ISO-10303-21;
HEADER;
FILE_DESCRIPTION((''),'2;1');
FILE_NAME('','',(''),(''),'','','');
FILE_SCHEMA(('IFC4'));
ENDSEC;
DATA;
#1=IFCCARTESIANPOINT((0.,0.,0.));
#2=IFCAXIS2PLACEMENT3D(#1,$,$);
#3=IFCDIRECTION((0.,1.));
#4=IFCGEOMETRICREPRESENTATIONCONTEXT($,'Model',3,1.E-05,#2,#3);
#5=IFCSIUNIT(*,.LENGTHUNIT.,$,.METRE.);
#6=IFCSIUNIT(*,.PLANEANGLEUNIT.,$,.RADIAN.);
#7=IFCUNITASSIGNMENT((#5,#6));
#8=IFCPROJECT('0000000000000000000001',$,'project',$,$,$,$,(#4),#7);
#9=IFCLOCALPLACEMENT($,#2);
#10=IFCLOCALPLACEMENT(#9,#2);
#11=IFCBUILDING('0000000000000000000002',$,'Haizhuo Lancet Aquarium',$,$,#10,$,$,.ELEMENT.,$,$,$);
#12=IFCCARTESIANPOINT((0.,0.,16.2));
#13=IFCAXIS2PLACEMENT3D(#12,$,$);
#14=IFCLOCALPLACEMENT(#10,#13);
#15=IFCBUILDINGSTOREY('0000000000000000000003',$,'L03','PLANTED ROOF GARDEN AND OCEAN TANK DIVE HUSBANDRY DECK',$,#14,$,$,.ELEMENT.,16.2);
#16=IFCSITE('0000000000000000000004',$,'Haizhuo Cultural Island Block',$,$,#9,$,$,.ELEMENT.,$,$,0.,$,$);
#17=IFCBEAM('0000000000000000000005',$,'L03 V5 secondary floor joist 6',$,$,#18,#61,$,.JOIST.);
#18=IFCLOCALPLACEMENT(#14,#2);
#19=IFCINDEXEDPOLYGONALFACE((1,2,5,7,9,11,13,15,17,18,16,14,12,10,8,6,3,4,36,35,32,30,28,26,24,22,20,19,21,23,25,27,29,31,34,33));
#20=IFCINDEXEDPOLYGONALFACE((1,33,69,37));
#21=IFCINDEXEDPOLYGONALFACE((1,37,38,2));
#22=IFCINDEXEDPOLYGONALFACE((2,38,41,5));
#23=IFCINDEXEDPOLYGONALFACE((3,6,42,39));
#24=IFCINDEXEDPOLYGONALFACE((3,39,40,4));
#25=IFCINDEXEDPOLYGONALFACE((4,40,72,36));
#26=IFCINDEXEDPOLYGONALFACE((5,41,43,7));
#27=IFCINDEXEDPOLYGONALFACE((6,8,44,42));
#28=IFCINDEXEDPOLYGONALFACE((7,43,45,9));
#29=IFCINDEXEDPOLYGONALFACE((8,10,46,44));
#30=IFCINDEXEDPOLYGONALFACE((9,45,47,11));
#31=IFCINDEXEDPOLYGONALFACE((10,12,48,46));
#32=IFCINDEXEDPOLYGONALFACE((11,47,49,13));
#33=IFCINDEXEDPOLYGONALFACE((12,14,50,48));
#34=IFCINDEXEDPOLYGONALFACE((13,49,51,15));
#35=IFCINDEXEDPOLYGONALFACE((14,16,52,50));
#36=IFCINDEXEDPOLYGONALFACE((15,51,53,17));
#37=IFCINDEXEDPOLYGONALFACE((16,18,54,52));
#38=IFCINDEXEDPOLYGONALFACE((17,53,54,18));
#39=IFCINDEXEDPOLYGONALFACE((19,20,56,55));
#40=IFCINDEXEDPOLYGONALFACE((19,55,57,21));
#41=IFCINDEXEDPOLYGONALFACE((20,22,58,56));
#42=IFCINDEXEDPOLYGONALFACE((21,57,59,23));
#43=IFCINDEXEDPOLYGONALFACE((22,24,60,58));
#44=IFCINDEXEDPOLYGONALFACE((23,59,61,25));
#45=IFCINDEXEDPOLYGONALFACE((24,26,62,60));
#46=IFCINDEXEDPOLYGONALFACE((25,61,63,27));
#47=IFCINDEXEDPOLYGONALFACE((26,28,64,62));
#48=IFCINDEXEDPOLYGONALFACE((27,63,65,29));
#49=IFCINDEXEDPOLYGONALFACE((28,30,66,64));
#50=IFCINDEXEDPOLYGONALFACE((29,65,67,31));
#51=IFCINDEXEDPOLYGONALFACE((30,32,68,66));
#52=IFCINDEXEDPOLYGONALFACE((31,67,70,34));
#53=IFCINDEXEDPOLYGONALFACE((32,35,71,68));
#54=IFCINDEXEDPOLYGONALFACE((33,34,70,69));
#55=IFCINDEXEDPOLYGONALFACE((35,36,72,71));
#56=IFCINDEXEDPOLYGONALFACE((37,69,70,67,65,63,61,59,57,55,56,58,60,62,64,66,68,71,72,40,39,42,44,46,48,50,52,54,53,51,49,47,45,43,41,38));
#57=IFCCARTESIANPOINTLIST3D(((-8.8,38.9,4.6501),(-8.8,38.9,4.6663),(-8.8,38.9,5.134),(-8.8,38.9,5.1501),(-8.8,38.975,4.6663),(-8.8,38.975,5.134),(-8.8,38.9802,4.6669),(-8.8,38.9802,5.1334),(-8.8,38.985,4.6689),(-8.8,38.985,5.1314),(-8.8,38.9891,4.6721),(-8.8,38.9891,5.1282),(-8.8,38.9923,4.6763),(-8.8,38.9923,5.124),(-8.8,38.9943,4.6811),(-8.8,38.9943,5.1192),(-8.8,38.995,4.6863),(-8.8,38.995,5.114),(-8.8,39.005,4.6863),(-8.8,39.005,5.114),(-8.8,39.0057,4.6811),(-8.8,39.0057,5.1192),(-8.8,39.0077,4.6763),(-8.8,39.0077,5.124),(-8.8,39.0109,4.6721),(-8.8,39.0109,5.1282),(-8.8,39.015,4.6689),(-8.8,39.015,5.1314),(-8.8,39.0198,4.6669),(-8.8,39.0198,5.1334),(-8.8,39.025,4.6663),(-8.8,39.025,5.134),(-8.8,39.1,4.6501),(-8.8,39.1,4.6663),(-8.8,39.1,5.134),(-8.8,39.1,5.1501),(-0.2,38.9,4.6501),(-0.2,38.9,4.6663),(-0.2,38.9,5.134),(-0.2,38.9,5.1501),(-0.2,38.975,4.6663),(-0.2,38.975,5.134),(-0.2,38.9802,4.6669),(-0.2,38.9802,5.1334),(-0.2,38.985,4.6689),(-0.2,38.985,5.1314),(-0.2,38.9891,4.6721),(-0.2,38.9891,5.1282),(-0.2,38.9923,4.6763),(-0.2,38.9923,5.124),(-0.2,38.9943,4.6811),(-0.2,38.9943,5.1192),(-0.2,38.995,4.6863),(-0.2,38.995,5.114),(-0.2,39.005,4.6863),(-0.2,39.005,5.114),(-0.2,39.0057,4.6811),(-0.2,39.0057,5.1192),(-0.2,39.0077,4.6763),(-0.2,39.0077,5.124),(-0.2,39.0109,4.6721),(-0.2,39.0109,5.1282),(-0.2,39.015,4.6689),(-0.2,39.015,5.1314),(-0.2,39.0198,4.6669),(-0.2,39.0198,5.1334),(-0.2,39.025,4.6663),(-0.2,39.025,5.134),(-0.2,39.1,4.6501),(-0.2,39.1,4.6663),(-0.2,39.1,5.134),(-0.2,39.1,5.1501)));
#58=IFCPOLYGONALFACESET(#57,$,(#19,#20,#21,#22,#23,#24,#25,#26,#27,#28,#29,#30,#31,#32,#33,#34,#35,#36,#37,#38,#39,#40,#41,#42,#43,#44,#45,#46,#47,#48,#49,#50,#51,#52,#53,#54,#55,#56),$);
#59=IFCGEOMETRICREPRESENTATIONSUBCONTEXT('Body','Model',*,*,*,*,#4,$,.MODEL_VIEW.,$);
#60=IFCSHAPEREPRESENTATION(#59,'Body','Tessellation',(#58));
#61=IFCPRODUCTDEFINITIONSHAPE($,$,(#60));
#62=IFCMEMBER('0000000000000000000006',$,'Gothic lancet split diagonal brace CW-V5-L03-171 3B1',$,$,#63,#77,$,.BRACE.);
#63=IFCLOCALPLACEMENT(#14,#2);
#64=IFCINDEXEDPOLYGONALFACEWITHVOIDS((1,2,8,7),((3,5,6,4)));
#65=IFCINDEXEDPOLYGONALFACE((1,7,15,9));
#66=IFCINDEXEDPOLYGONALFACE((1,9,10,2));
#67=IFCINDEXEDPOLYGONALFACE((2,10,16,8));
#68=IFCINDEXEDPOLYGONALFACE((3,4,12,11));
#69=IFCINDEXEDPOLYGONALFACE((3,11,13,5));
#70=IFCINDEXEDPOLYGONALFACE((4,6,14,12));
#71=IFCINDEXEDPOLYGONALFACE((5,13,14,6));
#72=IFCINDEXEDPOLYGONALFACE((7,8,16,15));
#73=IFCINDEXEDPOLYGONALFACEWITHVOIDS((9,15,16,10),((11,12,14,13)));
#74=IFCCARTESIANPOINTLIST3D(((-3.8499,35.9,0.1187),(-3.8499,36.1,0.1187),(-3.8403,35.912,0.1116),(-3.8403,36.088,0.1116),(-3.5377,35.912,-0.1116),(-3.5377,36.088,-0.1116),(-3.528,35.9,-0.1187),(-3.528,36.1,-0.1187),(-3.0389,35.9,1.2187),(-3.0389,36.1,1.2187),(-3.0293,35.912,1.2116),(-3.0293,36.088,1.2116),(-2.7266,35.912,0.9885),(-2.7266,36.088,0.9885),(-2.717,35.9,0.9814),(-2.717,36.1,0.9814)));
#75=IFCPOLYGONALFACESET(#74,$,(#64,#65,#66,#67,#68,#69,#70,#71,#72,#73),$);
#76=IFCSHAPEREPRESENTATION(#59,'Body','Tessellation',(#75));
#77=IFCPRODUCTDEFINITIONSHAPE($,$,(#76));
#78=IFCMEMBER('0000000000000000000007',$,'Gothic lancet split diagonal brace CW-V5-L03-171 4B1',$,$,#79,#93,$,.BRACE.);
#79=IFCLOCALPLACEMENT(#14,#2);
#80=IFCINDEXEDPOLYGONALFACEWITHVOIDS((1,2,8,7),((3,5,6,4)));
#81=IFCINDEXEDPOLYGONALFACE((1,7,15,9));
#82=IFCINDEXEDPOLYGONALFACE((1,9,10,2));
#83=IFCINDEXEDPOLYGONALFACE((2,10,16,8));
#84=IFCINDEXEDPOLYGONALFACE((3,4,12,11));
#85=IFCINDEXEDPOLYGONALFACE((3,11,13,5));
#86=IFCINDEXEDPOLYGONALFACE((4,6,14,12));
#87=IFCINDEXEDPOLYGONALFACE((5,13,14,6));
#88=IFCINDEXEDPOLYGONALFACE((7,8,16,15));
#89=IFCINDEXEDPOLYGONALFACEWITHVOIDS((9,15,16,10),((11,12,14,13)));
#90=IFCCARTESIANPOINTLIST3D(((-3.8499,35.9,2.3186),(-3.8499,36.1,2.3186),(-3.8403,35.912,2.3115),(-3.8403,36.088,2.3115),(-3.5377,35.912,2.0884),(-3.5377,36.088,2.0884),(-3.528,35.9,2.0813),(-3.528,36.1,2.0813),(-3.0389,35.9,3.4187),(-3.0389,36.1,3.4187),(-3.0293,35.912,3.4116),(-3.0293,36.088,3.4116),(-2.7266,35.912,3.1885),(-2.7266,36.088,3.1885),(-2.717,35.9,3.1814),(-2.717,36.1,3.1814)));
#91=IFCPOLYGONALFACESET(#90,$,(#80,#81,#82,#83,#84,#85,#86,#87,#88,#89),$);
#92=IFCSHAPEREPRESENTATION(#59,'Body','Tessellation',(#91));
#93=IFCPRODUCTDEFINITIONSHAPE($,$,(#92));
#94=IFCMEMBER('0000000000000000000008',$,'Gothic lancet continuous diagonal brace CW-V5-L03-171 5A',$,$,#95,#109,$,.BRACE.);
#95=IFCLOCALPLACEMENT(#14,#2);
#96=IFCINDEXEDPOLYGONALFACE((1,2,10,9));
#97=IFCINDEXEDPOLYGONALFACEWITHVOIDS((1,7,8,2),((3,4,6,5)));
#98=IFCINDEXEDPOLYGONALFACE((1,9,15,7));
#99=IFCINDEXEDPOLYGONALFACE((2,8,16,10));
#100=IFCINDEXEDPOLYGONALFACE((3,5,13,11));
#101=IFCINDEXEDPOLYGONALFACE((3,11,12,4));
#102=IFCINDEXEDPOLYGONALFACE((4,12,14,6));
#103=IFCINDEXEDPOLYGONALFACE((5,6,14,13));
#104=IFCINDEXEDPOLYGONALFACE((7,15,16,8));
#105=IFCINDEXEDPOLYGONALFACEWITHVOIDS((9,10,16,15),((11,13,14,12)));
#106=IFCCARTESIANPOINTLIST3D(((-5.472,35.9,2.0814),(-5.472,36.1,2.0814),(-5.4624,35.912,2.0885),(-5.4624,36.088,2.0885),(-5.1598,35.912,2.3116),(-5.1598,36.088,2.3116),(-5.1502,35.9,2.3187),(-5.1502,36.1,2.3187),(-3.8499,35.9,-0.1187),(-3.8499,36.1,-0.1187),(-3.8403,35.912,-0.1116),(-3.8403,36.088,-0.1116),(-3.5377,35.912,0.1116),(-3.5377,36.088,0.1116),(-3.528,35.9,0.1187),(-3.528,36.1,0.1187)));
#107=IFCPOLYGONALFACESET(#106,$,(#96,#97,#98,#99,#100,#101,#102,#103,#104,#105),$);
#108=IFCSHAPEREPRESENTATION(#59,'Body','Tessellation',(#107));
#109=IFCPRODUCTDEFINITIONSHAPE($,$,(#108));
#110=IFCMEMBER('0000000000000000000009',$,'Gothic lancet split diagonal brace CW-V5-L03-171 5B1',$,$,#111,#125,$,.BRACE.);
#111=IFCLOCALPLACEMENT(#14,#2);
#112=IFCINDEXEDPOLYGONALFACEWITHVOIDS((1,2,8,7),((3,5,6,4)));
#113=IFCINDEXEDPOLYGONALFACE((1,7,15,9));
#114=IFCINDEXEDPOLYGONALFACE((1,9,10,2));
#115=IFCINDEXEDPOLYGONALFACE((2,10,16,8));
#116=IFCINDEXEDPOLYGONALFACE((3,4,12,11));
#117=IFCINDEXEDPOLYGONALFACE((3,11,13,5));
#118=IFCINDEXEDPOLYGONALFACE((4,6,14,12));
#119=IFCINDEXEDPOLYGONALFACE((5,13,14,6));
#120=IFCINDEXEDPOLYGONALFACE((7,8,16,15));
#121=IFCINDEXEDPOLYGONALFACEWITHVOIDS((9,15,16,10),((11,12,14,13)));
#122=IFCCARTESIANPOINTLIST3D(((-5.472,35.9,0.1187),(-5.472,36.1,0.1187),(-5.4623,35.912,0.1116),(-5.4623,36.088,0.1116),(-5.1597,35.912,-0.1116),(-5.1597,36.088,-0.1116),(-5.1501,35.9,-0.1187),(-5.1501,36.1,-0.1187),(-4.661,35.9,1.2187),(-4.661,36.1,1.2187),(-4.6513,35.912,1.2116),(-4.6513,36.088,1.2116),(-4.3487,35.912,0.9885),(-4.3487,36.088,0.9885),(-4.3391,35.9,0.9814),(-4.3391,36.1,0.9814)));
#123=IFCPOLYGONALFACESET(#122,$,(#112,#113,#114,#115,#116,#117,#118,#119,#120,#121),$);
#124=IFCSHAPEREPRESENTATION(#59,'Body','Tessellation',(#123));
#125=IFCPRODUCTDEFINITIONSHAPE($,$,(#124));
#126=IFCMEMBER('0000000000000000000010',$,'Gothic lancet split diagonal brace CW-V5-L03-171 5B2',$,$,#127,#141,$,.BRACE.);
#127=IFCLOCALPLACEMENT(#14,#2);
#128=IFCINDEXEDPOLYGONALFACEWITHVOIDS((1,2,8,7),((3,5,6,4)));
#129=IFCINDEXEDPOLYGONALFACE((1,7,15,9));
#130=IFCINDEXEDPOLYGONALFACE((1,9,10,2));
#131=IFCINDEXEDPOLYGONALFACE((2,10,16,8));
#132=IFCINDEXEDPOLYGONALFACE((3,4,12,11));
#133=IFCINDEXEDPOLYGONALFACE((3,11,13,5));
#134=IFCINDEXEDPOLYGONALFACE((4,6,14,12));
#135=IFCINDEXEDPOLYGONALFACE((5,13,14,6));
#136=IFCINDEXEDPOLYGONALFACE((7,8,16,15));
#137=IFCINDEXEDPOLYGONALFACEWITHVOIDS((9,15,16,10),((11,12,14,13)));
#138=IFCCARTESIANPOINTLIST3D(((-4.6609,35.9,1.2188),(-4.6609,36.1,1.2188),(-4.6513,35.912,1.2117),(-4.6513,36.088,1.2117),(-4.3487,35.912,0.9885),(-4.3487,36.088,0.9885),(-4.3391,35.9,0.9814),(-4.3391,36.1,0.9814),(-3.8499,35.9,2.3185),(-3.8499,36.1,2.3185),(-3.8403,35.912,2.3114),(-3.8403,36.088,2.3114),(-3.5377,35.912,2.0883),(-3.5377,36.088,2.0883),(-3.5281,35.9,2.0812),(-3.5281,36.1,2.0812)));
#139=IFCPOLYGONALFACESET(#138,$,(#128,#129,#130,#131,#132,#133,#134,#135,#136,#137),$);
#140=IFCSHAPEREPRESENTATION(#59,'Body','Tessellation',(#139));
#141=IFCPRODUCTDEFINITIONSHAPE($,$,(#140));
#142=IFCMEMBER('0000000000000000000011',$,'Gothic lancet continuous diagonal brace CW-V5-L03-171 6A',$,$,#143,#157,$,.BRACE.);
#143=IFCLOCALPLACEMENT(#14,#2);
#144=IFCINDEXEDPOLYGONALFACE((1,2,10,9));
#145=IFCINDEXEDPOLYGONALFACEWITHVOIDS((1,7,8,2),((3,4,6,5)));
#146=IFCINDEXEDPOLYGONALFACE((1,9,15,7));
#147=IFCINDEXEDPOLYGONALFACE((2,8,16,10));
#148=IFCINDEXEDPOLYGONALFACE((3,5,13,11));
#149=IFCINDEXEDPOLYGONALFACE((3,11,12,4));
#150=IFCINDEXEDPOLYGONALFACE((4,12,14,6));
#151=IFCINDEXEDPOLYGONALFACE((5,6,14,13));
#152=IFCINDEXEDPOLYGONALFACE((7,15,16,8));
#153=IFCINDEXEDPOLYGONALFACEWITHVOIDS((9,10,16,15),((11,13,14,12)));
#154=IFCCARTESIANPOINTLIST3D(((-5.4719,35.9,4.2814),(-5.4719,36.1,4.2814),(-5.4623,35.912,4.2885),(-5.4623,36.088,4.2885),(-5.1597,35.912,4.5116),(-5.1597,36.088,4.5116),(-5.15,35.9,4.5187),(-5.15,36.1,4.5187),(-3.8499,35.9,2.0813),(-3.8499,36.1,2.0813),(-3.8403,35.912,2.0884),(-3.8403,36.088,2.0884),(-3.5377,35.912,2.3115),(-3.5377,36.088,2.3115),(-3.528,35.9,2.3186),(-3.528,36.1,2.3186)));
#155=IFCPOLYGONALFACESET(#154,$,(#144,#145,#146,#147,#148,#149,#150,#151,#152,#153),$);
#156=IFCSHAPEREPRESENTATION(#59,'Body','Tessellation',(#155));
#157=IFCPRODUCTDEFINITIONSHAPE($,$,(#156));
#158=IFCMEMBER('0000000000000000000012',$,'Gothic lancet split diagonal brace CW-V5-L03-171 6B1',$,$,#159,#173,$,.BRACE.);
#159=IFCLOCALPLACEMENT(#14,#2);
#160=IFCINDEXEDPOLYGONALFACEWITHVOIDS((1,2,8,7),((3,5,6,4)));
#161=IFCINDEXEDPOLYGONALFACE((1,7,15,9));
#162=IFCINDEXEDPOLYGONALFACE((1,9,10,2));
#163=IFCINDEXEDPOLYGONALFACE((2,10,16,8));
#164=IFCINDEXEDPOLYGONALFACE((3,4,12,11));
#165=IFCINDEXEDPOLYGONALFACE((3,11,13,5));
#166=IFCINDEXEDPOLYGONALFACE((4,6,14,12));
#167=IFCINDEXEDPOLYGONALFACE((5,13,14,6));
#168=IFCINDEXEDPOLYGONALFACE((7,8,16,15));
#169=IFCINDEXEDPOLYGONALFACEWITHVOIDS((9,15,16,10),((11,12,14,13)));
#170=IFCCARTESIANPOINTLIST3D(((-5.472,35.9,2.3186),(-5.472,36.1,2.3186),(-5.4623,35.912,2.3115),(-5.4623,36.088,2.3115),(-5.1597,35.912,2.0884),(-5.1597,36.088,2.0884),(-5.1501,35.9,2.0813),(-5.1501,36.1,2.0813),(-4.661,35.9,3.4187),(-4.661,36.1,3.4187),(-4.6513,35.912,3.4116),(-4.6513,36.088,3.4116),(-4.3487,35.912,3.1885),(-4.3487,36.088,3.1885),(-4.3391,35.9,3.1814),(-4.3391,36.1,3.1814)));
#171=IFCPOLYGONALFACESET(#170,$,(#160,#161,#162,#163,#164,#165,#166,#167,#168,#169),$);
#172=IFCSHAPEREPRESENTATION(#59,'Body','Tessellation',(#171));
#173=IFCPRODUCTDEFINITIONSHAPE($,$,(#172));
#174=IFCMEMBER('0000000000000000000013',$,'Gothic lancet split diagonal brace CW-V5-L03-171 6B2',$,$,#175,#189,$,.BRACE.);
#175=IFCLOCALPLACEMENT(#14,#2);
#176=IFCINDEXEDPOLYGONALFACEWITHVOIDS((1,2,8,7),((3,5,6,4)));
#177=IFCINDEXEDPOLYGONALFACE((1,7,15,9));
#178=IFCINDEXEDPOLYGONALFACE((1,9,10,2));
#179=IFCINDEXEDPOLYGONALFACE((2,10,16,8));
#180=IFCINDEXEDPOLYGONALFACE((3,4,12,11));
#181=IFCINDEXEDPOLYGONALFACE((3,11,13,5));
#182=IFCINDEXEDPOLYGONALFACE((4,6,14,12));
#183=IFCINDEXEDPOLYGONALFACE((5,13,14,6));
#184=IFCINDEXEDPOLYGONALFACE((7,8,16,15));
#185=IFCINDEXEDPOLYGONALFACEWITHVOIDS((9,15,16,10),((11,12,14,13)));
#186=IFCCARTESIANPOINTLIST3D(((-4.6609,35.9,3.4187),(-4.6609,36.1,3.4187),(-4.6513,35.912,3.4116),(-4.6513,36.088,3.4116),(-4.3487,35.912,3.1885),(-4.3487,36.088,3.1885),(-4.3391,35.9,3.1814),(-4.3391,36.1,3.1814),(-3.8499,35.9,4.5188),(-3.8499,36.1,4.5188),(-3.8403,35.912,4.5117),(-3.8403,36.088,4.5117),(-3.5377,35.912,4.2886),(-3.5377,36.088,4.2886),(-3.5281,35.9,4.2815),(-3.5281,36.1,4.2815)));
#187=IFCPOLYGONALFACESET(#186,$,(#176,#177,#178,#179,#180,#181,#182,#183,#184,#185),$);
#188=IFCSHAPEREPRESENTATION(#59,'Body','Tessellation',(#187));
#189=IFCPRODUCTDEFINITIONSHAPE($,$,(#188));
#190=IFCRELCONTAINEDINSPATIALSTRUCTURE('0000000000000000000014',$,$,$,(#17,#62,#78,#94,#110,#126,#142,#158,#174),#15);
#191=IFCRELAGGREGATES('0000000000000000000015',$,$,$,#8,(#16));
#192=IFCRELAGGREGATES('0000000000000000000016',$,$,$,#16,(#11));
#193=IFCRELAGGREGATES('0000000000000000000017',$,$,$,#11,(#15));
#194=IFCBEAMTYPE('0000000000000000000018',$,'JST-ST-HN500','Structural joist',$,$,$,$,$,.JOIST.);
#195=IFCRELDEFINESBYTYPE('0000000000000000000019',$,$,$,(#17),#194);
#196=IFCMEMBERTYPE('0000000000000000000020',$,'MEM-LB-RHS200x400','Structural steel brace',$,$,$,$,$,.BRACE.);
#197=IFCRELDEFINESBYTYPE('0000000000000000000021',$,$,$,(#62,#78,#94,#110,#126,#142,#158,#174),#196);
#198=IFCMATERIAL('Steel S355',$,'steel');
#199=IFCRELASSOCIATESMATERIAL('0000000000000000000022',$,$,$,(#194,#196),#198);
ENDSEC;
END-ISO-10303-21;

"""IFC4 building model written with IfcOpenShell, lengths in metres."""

from ifc_helpers import new_model, si_unit, direction, frame, origin, origin_2d, place, context, subcontext, project, spatial, hollow_rectangle, i_section, extrude, material, material_profile, profile_set, type_object, element, save


model = new_model("IFC4")

# Units and contexts
model_context = context("Model", 3, precision=1e-05, world=origin(), true_north=direction((0.0, 1.0)))
body_context = subcontext(model_context, "Body", "Model", "MODEL_VIEW")
ifc_project = project(units=[si_unit("LENGTHUNIT", "METRE"), si_unit("PLANEANGLEUNIT", "RADIAN")], contexts=[model_context])

# Site, building, storey
site_placement = place(None, origin())
site = spatial("IfcSite", under=ifc_project, at=site_placement, Name="Haizhuo Cultural Island Block", CompositionType="ELEMENT", RefElevation=0.0)
building_placement = place(site_placement, origin())
building = spatial("IfcBuilding", under=site, at=building_placement, Name="Haizhuo Lancet Aquarium", CompositionType="ELEMENT")
storey_placement = place(building_placement, frame((0.0, 0.0, 16.2)))
storey = spatial("IfcBuildingStorey", under=building, at=storey_placement, Name="L03", Description="PLANTED ROOF GARDEN AND OCEAN TANK DIVE HUSBANDRY DECK", CompositionType="ELEMENT", Elevation=16.2)

# Beam
ifc_material_1 = material(Name="Steel S355", Category="steel")
ifc_material_profile_1 = material_profile(ifc_material_1, i_section(OverallWidth=0.2, OverallDepth=0.5, WebThickness=0.01, FlangeThickness=0.0161, FilletRadius=0.02, at=origin_2d()), Name="HN 500x200x10x16")
ifc_profile_set_1 = profile_set([ifc_material_profile_1], Name="Steel S355")
beam_type_1 = type_object("IfcBeamType", Name="JST-ST-HN500", Description="Structural joist", PredefinedType="JOIST", material=ifc_profile_set_1)
beam_1_placement = place(storey_placement, frame((-8.8, 39.0, 4.9001), z_axis=(1.0, 0.0, 0.0), x_axis=(0.0, 1.0, 0.0)))
element("IfcBeam", 1, at=beam_1_placement, inside=storey, type_object=beam_type_1, Name="L03 V5 secondary floor joist 6", PredefinedType="JOIST", context=body_context, shape_type="SweptSolid", body=[
    extrude(i_section(OverallWidth=0.2, OverallDepth=0.5, WebThickness=0.01, FlangeThickness=0.0161, FilletRadius=0.02, at=origin_2d()), origin(), (0.0, 0.0, 1.0), 8.6001),
])

# Members
ifc_material_profile_2 = material_profile(ifc_material_1, hollow_rectangle(XDim=0.2, YDim=0.3999, WallThickness=0.012, at=origin_2d()), Name="RHS 200x400x12")
ifc_profile_set_2 = profile_set([ifc_material_profile_2], Name="Steel S355")
member_type_1 = type_object("IfcMemberType", Name="MEM-LB-RHS200x400", Description="Structural steel brace", PredefinedType="BRACE", material=ifc_profile_set_2)
for number, where, z_axis, x_axis, name in (
    (2, (-3.689, 36.0, 0.0), (0.593406, 0.0, 0.804903), (0.0, 1.0, 0.0), "Gothic lancet split diagonal brace CW-V5-L03-171 3B1"),
    (3, (-3.689, 36.0, 2.2), (0.593406, 0.0, 0.804903), (0.0, 1.0, 0.0), "Gothic lancet split diagonal brace CW-V5-L03-171 4B1"),
):
    element("IfcMember", number, at=place(storey_placement, frame(where, z_axis=z_axis, x_axis=x_axis)), inside=storey, type_object=member_type_1, Name=name, PredefinedType="BRACE", context=body_context, shape_type="SweptSolid", body=[
        extrude(hollow_rectangle(XDim=0.2, YDim=0.3999, WallThickness=0.012, at=origin_2d()), origin(), (0.0, 0.0, 1.0), 1.3667),
    ])
member_1_placement = place(storey_placement, frame((-3.689, 36.0, 0.0), z_axis=(-0.593449, 0.0, 0.804872), x_axis=(0.0, -1.0, 0.0)))
element("IfcMember", 4, at=member_1_placement, inside=storey, type_object=member_type_1, Name="Gothic lancet continuous diagonal brace CW-V5-L03-171 5A", PredefinedType="BRACE", context=body_context, shape_type="SweptSolid", body=[
    extrude(hollow_rectangle(XDim=0.2, YDim=0.3999, WallThickness=0.012, at=origin_2d()), origin(), (0.0, 0.0, 1.0), 2.7334),
])
member_2_placement = place(storey_placement, frame((-5.311, 36.0, 0.0), z_axis=(0.593406, 0.0, 0.804903), x_axis=(0.0, 1.0, 0.0)))
element("IfcMember", 5, at=member_2_placement, inside=storey, type_object=member_type_1, Name="Gothic lancet split diagonal brace CW-V5-L03-171 5B1", PredefinedType="BRACE", context=body_context, shape_type="SweptSolid", body=[
    extrude(hollow_rectangle(XDim=0.2, YDim=0.3999, WallThickness=0.012, at=origin_2d()), origin(), (0.0, 0.0, 1.0), 1.3667),
])
member_3_placement = place(storey_placement, frame((-4.5, 36.0, 1.1001), z_axis=(0.593492, 0.0, 0.80484), x_axis=(0.0, 1.0, 0.0)))
element("IfcMember", 6, at=member_3_placement, inside=storey, type_object=member_type_1, Name="Gothic lancet split diagonal brace CW-V5-L03-171 5B2", PredefinedType="BRACE", context=body_context, shape_type="SweptSolid", body=[
    extrude(hollow_rectangle(XDim=0.2, YDim=0.3999, WallThickness=0.012, at=origin_2d()), origin(), (0.0, 0.0, 1.0), 1.3665),
])
member_4_placement = place(storey_placement, frame((-3.689, 36.0, 2.2), z_axis=(-0.593406, 0.0, 0.804903), x_axis=(0.0, -1.0, 0.0)))
element("IfcMember", 7, at=member_4_placement, inside=storey, type_object=member_type_1, Name="Gothic lancet continuous diagonal brace CW-V5-L03-171 6A", PredefinedType="BRACE", context=body_context, shape_type="SweptSolid", body=[
    extrude(hollow_rectangle(XDim=0.2, YDim=0.3999, WallThickness=0.012, at=origin_2d()), origin(), (0.0, 0.0, 1.0), 2.7334),
])
for number, where, z_axis, x_axis, name in (
    (8, (-5.311, 36.0, 2.2), (0.593406, 0.0, 0.804903), (0.0, 1.0, 0.0), "Gothic lancet split diagonal brace CW-V5-L03-171 6B1"),
    (9, (-4.5, 36.0, 3.3), (0.593406, 0.0, 0.804903), (0.0, 1.0, 0.0), "Gothic lancet split diagonal brace CW-V5-L03-171 6B2"),
):
    element("IfcMember", number, at=place(storey_placement, frame(where, z_axis=z_axis, x_axis=x_axis)), inside=storey, type_object=member_type_1, Name=name, PredefinedType="BRACE", context=body_context, shape_type="SweptSolid", body=[
        extrude(hollow_rectangle(XDim=0.2, YDim=0.3999, WallThickness=0.012, at=origin_2d()), origin(), (0.0, 0.0, 1.0), 1.3667),
    ])

save(model, "model.ifc")
